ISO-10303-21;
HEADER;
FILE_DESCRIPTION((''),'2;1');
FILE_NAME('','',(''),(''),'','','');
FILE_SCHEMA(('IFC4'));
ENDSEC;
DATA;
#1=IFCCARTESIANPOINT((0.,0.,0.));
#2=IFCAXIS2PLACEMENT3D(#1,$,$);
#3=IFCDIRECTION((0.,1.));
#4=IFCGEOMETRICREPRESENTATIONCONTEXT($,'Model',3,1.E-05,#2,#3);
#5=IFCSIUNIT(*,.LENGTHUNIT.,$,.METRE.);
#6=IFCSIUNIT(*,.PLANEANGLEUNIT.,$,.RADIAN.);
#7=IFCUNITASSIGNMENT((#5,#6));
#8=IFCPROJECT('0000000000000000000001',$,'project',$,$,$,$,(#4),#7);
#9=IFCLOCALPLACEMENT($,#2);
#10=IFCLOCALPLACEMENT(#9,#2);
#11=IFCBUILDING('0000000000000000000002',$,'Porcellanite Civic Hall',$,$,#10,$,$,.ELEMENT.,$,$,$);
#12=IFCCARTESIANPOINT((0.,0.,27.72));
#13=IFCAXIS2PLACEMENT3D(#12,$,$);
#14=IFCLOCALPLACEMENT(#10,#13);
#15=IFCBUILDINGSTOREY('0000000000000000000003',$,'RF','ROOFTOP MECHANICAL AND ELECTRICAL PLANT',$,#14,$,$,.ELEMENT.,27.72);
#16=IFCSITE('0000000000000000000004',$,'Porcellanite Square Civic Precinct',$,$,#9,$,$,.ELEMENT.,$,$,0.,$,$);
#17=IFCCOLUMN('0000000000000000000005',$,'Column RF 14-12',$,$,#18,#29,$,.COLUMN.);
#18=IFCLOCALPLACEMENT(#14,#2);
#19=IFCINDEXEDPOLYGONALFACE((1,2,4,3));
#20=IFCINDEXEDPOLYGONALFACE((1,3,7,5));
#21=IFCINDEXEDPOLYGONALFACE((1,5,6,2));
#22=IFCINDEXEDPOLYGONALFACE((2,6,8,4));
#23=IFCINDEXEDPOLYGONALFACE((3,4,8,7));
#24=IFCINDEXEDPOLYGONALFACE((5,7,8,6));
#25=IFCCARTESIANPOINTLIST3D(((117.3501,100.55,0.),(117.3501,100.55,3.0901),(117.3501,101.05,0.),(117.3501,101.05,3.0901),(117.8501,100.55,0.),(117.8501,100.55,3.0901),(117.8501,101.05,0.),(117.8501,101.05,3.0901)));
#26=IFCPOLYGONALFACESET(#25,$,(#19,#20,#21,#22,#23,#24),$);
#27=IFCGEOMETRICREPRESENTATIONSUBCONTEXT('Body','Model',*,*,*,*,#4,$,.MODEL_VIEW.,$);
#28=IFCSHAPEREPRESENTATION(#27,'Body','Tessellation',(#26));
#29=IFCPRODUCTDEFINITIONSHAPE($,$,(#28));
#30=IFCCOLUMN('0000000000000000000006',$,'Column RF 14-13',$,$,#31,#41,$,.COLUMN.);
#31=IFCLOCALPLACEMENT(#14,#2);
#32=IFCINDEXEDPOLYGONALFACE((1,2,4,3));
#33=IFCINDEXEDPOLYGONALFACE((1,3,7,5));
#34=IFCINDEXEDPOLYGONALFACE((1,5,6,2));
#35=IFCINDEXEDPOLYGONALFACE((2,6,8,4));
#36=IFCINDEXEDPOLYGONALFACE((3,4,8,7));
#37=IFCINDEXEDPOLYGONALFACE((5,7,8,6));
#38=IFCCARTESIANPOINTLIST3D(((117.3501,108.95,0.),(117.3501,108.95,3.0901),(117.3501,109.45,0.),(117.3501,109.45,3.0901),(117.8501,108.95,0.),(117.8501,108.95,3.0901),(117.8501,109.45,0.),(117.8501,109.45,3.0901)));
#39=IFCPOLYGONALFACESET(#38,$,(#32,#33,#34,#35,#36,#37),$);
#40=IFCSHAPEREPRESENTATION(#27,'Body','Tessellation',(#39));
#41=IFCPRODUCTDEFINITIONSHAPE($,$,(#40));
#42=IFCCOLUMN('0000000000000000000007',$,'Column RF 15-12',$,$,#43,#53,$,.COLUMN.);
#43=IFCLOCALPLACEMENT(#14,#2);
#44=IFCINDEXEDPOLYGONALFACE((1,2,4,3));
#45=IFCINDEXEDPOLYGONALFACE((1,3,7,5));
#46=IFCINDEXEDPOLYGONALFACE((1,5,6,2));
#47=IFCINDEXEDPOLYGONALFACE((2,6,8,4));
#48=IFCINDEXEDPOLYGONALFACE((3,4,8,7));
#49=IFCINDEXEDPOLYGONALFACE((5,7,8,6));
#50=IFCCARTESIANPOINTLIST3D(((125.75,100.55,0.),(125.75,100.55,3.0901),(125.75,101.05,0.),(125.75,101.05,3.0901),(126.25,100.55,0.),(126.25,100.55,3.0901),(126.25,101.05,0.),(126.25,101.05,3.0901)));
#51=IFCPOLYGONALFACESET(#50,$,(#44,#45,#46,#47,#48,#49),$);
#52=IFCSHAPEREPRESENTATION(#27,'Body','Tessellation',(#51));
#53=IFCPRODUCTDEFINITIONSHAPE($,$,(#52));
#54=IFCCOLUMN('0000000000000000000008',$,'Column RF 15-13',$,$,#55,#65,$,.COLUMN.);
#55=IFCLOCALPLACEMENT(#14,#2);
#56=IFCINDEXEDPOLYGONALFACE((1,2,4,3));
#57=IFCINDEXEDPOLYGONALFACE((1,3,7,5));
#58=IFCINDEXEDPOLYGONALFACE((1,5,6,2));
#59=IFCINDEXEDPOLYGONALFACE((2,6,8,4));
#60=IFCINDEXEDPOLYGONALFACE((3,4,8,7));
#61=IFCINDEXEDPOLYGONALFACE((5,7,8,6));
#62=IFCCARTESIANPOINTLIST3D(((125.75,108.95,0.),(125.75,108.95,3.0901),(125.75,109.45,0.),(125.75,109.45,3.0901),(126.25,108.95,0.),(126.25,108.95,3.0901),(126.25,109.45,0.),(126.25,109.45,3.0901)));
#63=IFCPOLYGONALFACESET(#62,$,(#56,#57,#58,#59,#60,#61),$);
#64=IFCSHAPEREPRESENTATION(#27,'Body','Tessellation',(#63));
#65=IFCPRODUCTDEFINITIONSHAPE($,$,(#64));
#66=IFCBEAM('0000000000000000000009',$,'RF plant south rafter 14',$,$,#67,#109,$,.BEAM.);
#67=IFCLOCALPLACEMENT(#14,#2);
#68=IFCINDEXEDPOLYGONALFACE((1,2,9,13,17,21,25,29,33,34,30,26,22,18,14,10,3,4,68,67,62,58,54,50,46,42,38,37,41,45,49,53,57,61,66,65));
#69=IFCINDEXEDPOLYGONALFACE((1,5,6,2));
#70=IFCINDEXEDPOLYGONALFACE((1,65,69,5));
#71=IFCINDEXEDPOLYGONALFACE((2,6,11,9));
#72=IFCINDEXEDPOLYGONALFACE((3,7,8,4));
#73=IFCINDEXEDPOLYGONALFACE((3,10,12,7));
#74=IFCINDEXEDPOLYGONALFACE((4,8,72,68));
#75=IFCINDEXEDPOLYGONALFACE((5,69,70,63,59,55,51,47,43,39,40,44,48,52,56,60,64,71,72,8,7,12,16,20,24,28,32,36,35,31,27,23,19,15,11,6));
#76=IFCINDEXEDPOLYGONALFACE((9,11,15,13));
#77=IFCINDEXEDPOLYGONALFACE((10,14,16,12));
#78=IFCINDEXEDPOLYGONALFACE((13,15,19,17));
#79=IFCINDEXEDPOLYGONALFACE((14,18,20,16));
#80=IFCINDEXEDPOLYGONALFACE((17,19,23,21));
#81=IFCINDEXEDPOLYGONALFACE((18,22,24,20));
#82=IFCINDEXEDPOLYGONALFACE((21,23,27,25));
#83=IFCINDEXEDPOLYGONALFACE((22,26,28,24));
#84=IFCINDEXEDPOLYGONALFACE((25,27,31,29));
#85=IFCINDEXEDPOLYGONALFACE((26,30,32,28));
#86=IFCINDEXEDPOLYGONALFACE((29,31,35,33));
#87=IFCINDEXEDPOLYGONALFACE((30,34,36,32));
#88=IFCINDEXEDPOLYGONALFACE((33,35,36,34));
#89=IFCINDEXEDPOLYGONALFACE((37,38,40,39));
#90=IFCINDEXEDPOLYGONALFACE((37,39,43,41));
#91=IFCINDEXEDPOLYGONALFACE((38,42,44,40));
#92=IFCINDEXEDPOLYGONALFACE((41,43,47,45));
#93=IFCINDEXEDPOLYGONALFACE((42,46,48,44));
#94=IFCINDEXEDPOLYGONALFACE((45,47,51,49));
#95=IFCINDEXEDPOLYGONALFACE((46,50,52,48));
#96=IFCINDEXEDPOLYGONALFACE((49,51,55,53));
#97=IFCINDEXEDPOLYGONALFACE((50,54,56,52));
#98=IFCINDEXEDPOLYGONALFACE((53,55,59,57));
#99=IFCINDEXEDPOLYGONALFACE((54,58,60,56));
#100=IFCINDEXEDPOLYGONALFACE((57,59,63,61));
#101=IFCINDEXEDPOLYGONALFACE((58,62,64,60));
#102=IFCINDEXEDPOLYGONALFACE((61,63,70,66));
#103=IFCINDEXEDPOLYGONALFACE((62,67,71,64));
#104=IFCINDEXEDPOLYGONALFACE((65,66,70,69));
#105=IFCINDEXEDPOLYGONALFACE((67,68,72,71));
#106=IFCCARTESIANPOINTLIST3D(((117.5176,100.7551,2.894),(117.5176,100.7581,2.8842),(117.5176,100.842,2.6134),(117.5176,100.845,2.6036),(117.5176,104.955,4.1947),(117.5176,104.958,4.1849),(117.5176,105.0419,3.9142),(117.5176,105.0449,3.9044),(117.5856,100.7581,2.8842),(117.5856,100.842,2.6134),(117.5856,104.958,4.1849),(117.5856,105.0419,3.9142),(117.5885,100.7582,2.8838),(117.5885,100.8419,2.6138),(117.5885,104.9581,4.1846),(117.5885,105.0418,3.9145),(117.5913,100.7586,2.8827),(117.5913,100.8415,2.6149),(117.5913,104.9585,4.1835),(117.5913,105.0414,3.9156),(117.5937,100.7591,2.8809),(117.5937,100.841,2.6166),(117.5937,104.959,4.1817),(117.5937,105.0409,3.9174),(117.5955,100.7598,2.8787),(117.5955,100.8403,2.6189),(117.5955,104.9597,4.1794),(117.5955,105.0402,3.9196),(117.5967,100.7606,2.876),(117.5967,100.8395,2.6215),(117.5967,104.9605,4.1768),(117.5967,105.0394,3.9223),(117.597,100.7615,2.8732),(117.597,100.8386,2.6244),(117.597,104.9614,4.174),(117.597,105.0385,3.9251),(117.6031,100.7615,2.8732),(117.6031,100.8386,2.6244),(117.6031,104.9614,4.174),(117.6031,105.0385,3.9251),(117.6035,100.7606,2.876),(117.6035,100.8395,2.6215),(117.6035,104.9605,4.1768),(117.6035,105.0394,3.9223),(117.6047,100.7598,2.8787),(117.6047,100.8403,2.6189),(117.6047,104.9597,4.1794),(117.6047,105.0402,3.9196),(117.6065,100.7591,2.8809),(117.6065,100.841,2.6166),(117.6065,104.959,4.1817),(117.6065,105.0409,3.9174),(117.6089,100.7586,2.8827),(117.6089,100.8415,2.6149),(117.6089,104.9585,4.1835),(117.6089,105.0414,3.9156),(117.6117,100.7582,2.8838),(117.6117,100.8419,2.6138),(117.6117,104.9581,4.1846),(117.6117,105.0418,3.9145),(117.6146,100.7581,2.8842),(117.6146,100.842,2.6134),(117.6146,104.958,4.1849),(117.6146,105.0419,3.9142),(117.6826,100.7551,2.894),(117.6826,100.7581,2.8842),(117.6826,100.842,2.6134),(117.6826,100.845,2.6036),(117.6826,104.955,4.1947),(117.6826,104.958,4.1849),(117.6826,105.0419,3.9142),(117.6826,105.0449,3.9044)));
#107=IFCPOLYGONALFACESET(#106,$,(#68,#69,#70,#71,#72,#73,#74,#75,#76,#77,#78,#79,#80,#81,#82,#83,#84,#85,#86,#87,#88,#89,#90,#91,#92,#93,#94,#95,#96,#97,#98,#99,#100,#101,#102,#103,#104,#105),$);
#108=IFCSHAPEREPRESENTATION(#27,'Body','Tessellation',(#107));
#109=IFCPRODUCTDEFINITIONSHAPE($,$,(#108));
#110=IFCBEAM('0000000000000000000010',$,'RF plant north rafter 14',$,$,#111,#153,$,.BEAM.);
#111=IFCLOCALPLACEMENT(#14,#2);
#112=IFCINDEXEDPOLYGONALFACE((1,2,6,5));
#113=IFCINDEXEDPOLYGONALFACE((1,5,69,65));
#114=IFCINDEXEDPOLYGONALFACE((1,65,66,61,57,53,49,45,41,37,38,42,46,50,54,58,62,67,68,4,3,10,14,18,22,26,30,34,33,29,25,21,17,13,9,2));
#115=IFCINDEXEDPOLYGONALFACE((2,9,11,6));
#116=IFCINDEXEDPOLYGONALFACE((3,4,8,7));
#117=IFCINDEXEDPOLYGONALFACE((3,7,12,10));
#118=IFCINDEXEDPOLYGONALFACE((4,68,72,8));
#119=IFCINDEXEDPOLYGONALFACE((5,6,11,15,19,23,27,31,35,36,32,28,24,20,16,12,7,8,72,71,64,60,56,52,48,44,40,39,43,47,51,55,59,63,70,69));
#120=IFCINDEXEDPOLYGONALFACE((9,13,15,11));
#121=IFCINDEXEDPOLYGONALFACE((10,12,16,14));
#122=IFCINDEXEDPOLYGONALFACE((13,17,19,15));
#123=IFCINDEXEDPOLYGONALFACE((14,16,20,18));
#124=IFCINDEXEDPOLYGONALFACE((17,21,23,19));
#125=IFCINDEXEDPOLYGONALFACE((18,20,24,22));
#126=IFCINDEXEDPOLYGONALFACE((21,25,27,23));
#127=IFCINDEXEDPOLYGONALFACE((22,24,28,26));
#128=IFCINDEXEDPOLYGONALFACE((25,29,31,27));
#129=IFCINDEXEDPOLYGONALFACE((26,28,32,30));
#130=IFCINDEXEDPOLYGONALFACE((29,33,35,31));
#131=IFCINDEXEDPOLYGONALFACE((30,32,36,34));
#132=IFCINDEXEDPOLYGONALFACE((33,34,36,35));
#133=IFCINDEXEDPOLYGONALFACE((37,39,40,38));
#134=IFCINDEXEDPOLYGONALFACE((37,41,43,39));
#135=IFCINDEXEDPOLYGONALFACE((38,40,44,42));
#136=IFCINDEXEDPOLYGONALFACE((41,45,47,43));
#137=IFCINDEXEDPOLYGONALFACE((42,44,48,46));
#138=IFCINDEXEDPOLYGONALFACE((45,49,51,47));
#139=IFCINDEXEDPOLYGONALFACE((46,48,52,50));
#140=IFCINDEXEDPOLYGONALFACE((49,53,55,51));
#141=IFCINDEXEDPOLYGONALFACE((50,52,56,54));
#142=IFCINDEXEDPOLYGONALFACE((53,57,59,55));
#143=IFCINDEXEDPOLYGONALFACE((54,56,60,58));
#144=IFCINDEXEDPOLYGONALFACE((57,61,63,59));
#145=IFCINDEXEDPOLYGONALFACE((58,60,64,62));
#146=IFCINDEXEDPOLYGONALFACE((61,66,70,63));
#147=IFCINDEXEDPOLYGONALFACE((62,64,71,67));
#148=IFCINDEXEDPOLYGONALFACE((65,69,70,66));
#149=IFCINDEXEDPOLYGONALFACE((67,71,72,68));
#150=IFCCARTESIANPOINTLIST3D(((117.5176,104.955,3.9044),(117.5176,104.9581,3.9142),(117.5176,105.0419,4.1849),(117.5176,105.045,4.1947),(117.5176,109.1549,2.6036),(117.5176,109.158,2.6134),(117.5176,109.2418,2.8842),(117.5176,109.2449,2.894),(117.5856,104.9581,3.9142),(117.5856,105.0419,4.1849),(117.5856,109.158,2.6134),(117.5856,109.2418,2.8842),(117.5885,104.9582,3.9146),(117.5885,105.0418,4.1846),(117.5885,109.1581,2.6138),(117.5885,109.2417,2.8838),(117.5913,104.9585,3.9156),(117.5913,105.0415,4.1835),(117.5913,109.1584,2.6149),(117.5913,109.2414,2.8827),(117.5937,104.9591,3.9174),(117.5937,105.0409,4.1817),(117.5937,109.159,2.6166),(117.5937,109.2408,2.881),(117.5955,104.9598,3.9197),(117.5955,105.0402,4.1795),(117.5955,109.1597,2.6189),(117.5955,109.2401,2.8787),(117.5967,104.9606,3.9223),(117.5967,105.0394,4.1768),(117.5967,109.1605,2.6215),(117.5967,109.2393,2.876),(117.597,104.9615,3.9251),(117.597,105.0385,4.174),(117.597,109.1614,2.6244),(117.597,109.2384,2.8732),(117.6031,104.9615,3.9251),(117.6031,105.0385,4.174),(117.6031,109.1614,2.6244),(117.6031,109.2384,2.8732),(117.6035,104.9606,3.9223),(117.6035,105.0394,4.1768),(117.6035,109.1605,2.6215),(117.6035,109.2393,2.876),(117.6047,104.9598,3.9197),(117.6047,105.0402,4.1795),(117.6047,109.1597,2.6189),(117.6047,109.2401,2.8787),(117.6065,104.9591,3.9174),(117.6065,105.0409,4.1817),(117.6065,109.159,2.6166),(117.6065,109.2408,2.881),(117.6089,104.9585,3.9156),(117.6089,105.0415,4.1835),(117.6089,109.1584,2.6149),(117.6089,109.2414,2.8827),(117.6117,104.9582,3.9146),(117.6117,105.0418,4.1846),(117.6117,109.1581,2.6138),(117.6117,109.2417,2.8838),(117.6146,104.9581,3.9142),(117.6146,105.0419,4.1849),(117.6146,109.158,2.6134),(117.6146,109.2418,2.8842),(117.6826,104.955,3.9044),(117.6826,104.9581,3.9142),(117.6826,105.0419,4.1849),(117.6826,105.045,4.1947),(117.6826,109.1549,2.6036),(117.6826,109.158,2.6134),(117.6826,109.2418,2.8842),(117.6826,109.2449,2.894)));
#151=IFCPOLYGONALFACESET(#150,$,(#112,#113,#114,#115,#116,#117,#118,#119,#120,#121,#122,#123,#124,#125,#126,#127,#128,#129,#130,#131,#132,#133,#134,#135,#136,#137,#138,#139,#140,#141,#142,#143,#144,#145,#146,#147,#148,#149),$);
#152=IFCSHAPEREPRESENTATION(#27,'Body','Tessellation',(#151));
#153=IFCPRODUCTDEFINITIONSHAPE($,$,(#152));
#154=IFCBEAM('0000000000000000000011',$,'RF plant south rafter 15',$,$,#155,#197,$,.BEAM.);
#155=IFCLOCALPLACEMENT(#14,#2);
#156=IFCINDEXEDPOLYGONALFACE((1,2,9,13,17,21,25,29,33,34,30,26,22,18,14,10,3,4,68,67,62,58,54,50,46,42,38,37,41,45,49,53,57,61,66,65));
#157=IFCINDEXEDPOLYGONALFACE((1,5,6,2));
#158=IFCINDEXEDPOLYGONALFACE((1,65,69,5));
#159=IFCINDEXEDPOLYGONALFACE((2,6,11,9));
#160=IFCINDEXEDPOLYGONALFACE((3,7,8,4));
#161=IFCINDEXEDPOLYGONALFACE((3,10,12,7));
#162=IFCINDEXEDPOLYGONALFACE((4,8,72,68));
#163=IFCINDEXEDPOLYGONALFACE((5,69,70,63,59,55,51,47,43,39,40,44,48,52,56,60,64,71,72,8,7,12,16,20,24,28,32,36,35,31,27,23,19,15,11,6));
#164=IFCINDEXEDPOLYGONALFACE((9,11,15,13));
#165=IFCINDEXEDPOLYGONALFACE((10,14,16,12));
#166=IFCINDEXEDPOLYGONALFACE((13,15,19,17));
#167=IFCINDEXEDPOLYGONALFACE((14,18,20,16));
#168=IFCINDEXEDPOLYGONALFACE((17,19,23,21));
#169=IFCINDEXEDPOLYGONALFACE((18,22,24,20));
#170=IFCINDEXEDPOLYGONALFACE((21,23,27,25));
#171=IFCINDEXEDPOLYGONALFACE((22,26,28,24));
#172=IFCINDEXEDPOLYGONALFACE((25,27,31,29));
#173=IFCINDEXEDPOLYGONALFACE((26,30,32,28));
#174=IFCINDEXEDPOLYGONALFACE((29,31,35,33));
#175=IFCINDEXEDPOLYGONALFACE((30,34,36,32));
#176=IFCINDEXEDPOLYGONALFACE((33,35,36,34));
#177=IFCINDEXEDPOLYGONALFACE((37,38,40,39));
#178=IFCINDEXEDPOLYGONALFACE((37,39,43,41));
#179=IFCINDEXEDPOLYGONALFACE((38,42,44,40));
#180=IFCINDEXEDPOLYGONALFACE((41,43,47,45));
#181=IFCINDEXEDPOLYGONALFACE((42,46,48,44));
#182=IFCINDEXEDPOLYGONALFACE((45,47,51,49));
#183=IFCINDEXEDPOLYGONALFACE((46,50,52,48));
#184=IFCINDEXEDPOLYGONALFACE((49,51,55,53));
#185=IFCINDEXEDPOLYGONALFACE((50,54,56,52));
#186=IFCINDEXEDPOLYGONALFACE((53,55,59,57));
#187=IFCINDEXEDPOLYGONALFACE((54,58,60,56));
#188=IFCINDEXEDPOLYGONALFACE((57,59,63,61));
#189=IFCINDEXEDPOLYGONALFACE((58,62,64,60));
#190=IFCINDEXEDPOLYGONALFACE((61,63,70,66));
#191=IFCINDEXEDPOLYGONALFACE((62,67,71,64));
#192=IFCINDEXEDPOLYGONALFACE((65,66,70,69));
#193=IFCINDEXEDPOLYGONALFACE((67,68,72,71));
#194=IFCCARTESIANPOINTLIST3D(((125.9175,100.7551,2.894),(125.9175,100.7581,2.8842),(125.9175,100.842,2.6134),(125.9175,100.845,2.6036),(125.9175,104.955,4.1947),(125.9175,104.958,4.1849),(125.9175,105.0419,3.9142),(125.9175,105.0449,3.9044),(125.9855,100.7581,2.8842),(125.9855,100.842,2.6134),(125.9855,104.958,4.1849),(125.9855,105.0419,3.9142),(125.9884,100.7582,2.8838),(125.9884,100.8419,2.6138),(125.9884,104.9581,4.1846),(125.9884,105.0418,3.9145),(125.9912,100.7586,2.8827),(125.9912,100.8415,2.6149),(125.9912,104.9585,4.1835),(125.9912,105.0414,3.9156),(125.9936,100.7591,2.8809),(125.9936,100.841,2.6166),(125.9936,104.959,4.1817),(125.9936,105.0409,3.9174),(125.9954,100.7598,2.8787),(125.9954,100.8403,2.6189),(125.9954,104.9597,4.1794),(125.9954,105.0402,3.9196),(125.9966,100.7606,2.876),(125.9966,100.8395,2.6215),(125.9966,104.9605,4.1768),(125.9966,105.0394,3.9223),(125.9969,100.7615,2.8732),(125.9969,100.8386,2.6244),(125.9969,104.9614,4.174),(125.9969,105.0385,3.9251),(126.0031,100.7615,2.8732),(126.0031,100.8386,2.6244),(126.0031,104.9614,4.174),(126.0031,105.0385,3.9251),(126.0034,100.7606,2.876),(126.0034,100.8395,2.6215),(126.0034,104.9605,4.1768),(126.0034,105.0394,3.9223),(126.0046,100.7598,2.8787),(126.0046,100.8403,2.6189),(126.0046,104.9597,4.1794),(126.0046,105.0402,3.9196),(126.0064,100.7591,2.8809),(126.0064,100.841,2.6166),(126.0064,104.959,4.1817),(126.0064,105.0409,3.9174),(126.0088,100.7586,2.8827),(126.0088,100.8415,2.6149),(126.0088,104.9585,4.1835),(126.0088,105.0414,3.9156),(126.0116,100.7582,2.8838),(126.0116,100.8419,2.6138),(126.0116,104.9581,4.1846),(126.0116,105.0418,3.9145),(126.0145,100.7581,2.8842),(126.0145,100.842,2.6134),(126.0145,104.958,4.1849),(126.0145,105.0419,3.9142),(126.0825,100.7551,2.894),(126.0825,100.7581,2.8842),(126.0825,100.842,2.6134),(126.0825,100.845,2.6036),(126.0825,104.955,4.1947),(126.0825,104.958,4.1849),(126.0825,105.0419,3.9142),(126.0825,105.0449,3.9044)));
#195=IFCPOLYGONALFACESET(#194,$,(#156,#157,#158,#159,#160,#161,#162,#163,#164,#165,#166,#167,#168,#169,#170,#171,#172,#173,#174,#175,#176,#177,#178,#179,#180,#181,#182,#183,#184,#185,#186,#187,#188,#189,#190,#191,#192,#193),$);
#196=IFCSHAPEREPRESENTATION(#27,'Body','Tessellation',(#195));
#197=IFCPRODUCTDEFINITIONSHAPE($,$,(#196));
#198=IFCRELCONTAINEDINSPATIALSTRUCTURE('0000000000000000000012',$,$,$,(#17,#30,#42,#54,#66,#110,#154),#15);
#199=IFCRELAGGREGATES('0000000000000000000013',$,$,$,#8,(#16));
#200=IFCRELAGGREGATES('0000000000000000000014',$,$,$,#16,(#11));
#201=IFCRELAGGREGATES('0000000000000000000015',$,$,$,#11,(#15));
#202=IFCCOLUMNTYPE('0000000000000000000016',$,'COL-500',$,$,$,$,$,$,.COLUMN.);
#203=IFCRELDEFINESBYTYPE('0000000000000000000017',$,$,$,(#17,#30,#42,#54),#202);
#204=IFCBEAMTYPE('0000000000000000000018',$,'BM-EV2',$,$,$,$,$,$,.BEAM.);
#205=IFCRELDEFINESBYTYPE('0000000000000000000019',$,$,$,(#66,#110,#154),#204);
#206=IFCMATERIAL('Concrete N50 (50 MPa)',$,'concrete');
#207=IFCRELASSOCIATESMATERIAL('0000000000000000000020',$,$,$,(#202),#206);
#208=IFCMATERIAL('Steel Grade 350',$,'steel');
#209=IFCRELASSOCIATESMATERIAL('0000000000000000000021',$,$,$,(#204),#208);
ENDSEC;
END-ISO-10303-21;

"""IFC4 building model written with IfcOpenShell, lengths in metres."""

from ifc_helpers import new_model, si_unit, direction, frame, origin, origin_2d, place, context, subcontext, project, spatial, rectangle, i_section, extrude, material, material_profile, profile_set, type_object, element, save


model = new_model("IFC4")

# Units and contexts
model_context = context("Model", 3, precision=1e-05, world=origin(), true_north=direction((0.0, 1.0)))
body_context = subcontext(model_context, "Body", "Model", "MODEL_VIEW")
ifc_project = project(units=[si_unit("LENGTHUNIT", "METRE"), si_unit("PLANEANGLEUNIT", "RADIAN")], contexts=[model_context])

# Site, building, storey
site_placement = place(None, origin())
site = spatial("IfcSite", under=ifc_project, at=site_placement, Name="Porcellanite Square Civic Precinct", CompositionType="ELEMENT", RefElevation=0.0)
building_placement = place(site_placement, origin())
building = spatial("IfcBuilding", under=site, at=building_placement, Name="Porcellanite Civic Hall", CompositionType="ELEMENT")
storey_placement = place(building_placement, frame((0.0, 0.0, 27.72)))
storey = spatial("IfcBuildingStorey", under=building, at=storey_placement, Name="RF", Description="ROOFTOP MECHANICAL AND ELECTRICAL PLANT", CompositionType="ELEMENT", Elevation=27.72)

# Columns
ifc_material_1 = material(Name="Concrete N50 (50 MPa)", Category="concrete")
ifc_material_profile_1 = material_profile(ifc_material_1, rectangle(XDim=0.5, YDim=0.5, at=origin_2d()), Name="RC-500x500")
ifc_profile_set_1 = profile_set([ifc_material_profile_1], Name="Concrete N50 (50 MPa)")
column_type = type_object("IfcColumnType", Name="COL-500", PredefinedType="COLUMN", material=ifc_profile_set_1)
for number, where, z_axis, x_axis, name in (
    (1, (117.6001, 100.8, 0.0), (0.0, 0.0, 1.0), (1.0, 0.0, 0.0), "Column RF 14-12"),
    (2, (117.6001, 109.2, 0.0), (0.0, 0.0, 1.0), (1.0, 0.0, 0.0), "Column RF 14-13"),
    (3, (126.0, 100.8, 0.0), (0.0, 0.0, 1.0), (1.0, 0.0, 0.0), "Column RF 15-12"),
    (4, (126.0, 109.2, 0.0), (0.0, 0.0, 1.0), (1.0, 0.0, 0.0), "Column RF 15-13"),
):
    element("IfcColumn", number, at=place(storey_placement, frame(where, z_axis=z_axis, x_axis=x_axis)), inside=storey, type_object=column_type, Name=name, PredefinedType="COLUMN", context=body_context, shape_type="SweptSolid", body=[
        extrude(rectangle(XDim=0.5, YDim=0.5, at=origin_2d()), origin(), (0.0, 0.0, 1.0), 3.0901),
    ])

# Beams
ifc_material_2 = material(Name="Steel Grade 350", Category="steel")
ifc_material_profile_2 = material_profile(ifc_material_2, i_section(OverallWidth=0.165, OverallDepth=0.304, WebThickness=0.0061, FlangeThickness=0.0103, FilletRadius=0.0115, at=origin_2d()), Name="310UB40.4")
ifc_profile_set_2 = profile_set([ifc_material_profile_2], Name="Steel Grade 350")
beam_type_1 = type_object("IfcBeamType", Name="BM-EV2", PredefinedType="BEAM", material=ifc_profile_set_2)
for number, where, z_axis, x_axis, name in (
    (5, (117.6001, 100.8, 2.7488), (0.0, 0.955235, 0.295849), (-1.0, 0.0, 0.0), "RF plant south rafter 14"),
    (6, (117.6001, 105.0, 4.0496), (0.0, 0.955235, -0.295849), (-1.0, 0.0, 0.0), "RF plant north rafter 14"),
    (7, (126.0, 100.8, 2.7488), (0.0, 0.955235, 0.295849), (-1.0, 0.0, 0.0), "RF plant south rafter 15"),
):
    element("IfcBeam", number, at=place(storey_placement, frame(where, z_axis=z_axis, x_axis=x_axis)), inside=storey, type_object=beam_type_1, Name=name, PredefinedType="BEAM", context=body_context, shape_type="SweptSolid", body=[
        extrude(i_section(OverallWidth=0.165, OverallDepth=0.304, WebThickness=0.0061, FlangeThickness=0.0103, FilletRadius=0.0115, at=origin_2d()), origin(), (0.0, 0.0, 1.0), 4.3967),
    ])

save(model, "model.ifc")
